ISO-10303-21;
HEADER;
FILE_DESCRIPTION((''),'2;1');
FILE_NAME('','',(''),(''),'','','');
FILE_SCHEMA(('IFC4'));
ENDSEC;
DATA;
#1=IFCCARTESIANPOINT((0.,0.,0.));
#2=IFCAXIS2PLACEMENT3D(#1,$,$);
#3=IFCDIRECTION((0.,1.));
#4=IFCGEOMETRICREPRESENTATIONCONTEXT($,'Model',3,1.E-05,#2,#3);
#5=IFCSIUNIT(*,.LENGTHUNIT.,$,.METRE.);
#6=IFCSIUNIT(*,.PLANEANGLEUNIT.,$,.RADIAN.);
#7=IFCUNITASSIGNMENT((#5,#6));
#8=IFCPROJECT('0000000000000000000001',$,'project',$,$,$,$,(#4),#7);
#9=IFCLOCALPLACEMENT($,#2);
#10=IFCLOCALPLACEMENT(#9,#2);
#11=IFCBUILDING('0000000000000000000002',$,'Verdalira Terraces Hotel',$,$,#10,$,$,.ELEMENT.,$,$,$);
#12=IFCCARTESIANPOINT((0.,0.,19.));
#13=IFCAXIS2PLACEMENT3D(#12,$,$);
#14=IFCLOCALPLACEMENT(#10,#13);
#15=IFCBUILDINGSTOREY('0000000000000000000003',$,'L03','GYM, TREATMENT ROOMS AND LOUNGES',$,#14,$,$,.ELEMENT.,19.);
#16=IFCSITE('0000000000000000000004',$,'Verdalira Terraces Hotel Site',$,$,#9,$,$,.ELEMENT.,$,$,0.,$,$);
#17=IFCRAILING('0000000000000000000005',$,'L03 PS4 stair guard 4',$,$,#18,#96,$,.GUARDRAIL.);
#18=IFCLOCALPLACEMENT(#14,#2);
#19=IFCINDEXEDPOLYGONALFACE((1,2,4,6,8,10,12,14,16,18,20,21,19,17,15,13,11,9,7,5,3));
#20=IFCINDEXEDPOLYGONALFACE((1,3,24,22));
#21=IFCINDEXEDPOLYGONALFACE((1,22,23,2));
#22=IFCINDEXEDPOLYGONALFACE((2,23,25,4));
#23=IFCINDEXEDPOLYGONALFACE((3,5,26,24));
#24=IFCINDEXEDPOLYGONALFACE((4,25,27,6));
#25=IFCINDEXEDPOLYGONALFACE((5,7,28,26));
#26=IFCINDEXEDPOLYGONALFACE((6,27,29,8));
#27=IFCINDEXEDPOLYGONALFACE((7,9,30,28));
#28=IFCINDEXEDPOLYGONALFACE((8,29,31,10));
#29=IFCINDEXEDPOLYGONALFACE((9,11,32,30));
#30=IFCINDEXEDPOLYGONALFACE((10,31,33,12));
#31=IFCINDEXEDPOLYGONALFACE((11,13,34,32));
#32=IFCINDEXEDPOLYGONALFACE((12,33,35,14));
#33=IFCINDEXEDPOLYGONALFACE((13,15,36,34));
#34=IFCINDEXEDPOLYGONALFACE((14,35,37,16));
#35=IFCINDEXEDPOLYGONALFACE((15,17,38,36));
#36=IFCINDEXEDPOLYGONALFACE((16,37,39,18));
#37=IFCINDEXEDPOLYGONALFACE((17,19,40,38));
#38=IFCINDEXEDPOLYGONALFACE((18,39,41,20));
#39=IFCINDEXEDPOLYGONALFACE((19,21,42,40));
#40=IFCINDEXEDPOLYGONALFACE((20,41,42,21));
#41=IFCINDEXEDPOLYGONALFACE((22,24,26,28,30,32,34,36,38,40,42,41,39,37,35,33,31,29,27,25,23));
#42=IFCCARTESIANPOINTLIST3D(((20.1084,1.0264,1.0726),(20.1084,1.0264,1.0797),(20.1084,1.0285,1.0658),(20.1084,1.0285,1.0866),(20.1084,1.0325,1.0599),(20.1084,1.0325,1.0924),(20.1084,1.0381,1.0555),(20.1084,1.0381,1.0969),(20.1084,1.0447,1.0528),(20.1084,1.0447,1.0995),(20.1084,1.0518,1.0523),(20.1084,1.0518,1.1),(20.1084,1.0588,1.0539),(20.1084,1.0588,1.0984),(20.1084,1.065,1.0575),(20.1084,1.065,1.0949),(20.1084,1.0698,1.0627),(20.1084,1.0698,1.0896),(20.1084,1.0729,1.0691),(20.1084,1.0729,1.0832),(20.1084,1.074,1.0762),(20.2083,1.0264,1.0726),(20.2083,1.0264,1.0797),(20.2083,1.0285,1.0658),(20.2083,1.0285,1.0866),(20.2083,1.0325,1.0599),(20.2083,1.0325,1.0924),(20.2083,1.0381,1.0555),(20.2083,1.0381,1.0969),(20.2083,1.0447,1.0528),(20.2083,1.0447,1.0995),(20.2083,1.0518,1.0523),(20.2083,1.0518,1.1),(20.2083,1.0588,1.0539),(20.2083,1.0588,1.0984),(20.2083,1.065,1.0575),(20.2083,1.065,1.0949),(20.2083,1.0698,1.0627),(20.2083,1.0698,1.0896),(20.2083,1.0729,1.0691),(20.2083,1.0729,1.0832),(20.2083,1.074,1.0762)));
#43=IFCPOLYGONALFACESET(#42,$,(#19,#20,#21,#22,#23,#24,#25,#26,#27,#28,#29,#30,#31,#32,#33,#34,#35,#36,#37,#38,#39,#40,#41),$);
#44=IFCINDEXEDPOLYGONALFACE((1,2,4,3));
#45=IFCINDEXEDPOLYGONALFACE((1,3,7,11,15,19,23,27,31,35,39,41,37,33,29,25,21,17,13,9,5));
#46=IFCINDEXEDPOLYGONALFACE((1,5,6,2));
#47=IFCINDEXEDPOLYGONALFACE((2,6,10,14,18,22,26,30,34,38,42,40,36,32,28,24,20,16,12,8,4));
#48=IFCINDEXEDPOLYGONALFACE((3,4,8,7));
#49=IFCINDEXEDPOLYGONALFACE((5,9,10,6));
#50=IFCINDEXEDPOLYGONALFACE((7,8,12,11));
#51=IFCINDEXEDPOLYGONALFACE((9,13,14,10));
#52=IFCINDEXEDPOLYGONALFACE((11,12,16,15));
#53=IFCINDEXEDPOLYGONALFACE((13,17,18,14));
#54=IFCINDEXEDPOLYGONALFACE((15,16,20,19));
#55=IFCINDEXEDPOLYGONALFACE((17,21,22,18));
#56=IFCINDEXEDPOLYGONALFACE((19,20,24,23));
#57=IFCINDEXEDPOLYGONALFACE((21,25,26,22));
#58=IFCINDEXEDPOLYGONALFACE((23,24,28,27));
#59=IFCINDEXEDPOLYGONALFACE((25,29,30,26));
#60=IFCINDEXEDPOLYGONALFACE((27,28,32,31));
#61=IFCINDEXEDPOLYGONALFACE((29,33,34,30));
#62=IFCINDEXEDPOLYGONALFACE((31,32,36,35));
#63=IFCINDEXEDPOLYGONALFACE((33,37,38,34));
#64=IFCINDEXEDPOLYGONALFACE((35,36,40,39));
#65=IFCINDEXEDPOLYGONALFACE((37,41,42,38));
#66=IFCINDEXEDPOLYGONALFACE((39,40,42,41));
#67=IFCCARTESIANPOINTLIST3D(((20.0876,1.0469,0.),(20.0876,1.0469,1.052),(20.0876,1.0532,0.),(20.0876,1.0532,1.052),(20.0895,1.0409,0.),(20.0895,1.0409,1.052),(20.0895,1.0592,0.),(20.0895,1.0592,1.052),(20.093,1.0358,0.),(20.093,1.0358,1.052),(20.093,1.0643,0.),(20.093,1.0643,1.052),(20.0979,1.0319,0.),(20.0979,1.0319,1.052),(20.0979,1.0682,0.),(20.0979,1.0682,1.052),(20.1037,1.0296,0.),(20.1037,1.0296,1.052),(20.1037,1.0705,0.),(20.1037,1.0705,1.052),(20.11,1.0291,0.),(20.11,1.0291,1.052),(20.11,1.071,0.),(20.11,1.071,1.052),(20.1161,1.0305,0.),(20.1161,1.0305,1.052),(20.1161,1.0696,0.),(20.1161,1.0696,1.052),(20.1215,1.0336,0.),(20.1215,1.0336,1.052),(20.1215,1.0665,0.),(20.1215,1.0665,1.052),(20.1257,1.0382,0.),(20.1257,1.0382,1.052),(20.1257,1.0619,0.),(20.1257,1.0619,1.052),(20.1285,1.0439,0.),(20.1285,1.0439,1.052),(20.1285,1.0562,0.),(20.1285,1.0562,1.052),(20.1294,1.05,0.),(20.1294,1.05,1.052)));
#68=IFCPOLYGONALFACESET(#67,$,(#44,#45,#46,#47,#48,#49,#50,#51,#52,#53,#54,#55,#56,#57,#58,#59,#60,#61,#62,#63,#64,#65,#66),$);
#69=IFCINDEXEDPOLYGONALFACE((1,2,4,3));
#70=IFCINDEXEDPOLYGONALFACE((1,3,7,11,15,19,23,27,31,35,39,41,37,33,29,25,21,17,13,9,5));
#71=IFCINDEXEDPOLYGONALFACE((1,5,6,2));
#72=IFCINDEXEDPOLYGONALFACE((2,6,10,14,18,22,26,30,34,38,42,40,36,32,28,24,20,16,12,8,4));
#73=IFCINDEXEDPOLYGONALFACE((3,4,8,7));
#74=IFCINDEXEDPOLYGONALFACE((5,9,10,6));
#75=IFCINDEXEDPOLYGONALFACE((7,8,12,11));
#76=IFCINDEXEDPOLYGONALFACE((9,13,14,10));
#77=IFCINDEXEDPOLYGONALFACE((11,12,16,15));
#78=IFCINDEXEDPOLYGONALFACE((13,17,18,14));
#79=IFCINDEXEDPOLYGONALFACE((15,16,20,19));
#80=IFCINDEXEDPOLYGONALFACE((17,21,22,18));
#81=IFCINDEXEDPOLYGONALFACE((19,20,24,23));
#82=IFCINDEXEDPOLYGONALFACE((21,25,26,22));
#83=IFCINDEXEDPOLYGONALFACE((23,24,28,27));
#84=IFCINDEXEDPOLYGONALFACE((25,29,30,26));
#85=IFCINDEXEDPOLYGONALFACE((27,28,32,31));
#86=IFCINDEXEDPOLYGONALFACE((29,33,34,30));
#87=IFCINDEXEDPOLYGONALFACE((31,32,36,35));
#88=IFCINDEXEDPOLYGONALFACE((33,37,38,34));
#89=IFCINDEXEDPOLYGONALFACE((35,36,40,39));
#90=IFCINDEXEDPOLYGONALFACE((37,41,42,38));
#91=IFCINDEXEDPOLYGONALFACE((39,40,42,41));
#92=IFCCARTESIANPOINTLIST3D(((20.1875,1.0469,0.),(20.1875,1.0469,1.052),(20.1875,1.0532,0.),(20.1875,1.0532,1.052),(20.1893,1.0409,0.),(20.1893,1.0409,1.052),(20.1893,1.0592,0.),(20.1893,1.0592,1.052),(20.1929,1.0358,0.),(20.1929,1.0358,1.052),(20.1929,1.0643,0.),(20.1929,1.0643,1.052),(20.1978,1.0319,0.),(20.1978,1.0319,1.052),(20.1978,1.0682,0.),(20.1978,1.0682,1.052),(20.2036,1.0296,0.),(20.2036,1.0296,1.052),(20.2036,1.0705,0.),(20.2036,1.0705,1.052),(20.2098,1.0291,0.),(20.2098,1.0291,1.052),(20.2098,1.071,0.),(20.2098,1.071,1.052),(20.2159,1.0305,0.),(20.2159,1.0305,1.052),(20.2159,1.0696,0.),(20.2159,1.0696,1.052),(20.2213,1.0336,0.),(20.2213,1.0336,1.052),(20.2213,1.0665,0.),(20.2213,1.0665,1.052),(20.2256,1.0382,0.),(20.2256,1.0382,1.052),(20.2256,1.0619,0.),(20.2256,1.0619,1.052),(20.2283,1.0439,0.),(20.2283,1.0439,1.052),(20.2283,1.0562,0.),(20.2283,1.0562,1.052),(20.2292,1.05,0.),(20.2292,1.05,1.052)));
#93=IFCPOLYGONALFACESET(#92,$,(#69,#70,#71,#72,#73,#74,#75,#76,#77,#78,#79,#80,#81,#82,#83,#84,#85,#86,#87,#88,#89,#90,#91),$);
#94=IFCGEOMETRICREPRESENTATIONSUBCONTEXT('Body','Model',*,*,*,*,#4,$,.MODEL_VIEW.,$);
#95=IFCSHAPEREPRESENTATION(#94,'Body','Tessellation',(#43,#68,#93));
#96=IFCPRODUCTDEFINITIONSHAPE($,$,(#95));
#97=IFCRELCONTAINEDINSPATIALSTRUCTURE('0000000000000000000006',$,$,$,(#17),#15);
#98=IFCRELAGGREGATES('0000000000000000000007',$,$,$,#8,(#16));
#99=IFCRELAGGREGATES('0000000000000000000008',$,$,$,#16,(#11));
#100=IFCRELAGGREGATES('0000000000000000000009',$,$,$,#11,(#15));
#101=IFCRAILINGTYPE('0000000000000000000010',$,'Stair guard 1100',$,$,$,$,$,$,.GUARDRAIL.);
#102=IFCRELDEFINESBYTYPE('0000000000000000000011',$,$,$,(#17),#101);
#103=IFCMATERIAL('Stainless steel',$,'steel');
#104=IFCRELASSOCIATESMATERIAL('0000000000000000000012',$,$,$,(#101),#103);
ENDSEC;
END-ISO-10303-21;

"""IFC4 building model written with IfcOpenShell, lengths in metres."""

from ifc_helpers import new_model, si_unit, direction, frame, origin, origin_2d, place, context, subcontext, project, spatial, circle, extrude, material, type_object, element, save


model = new_model("IFC4")

# Units and contexts
model_context = context("Model", 3, precision=1e-05, world=origin(), true_north=direction((0.0, 1.0)))
body_context = subcontext(model_context, "Body", "Model", "MODEL_VIEW")
ifc_project = project(units=[si_unit("LENGTHUNIT", "METRE"), si_unit("PLANEANGLEUNIT", "RADIAN")], contexts=[model_context])

# Site, building, storey
site_placement = place(None, origin())
site = spatial("IfcSite", under=ifc_project, at=site_placement, Name="Verdalira Terraces Hotel Site", CompositionType="ELEMENT", RefElevation=0.0)
building_placement = place(site_placement, origin())
building = spatial("IfcBuilding", under=site, at=building_placement, Name="Verdalira Terraces Hotel", CompositionType="ELEMENT")
storey_placement = place(building_placement, frame((0.0, 0.0, 19.0)))
storey = spatial("IfcBuildingStorey", under=building, at=storey_placement, Name="L03", Description="GYM, TREATMENT ROOMS AND LOUNGES", CompositionType="ELEMENT", Elevation=19.0)

# Railing
ifc_material_1 = material(Name="Stainless steel", Category="steel")
railing_type_1 = type_object("IfcRailingType", Name="Stair guard 1100", PredefinedType="GUARDRAIL", material=ifc_material_1)
railing_1_placement = place(storey_placement, frame((20.1084, 1.05, 0.0)))
element("IfcRailing", 1, at=railing_1_placement, inside=storey, type_object=railing_type_1, Name="L03 PS4 stair guard 4", PredefinedType="GUARDRAIL", context=body_context, shape_type="SweptSolid", body=[
    extrude(circle(Radius=0.0239, at=origin_2d()), frame((0.0, 0.0, 1.0762), z_axis=(1.0, 0.0, 0.0), x_axis=(0.0, 1.0, 0.0)), (0.0, 0.0, 1.0), 0.0999),
    extrude(circle(Radius=0.021, at=origin_2d()), origin(), (0.0, 0.0, 1.0), 1.052),
    extrude(circle(Radius=0.021, at=origin_2d()), frame((0.0999, 0.0, 0.0)), (0.0, 0.0, 1.0), 1.052),
])

save(model, "model.ifc")
